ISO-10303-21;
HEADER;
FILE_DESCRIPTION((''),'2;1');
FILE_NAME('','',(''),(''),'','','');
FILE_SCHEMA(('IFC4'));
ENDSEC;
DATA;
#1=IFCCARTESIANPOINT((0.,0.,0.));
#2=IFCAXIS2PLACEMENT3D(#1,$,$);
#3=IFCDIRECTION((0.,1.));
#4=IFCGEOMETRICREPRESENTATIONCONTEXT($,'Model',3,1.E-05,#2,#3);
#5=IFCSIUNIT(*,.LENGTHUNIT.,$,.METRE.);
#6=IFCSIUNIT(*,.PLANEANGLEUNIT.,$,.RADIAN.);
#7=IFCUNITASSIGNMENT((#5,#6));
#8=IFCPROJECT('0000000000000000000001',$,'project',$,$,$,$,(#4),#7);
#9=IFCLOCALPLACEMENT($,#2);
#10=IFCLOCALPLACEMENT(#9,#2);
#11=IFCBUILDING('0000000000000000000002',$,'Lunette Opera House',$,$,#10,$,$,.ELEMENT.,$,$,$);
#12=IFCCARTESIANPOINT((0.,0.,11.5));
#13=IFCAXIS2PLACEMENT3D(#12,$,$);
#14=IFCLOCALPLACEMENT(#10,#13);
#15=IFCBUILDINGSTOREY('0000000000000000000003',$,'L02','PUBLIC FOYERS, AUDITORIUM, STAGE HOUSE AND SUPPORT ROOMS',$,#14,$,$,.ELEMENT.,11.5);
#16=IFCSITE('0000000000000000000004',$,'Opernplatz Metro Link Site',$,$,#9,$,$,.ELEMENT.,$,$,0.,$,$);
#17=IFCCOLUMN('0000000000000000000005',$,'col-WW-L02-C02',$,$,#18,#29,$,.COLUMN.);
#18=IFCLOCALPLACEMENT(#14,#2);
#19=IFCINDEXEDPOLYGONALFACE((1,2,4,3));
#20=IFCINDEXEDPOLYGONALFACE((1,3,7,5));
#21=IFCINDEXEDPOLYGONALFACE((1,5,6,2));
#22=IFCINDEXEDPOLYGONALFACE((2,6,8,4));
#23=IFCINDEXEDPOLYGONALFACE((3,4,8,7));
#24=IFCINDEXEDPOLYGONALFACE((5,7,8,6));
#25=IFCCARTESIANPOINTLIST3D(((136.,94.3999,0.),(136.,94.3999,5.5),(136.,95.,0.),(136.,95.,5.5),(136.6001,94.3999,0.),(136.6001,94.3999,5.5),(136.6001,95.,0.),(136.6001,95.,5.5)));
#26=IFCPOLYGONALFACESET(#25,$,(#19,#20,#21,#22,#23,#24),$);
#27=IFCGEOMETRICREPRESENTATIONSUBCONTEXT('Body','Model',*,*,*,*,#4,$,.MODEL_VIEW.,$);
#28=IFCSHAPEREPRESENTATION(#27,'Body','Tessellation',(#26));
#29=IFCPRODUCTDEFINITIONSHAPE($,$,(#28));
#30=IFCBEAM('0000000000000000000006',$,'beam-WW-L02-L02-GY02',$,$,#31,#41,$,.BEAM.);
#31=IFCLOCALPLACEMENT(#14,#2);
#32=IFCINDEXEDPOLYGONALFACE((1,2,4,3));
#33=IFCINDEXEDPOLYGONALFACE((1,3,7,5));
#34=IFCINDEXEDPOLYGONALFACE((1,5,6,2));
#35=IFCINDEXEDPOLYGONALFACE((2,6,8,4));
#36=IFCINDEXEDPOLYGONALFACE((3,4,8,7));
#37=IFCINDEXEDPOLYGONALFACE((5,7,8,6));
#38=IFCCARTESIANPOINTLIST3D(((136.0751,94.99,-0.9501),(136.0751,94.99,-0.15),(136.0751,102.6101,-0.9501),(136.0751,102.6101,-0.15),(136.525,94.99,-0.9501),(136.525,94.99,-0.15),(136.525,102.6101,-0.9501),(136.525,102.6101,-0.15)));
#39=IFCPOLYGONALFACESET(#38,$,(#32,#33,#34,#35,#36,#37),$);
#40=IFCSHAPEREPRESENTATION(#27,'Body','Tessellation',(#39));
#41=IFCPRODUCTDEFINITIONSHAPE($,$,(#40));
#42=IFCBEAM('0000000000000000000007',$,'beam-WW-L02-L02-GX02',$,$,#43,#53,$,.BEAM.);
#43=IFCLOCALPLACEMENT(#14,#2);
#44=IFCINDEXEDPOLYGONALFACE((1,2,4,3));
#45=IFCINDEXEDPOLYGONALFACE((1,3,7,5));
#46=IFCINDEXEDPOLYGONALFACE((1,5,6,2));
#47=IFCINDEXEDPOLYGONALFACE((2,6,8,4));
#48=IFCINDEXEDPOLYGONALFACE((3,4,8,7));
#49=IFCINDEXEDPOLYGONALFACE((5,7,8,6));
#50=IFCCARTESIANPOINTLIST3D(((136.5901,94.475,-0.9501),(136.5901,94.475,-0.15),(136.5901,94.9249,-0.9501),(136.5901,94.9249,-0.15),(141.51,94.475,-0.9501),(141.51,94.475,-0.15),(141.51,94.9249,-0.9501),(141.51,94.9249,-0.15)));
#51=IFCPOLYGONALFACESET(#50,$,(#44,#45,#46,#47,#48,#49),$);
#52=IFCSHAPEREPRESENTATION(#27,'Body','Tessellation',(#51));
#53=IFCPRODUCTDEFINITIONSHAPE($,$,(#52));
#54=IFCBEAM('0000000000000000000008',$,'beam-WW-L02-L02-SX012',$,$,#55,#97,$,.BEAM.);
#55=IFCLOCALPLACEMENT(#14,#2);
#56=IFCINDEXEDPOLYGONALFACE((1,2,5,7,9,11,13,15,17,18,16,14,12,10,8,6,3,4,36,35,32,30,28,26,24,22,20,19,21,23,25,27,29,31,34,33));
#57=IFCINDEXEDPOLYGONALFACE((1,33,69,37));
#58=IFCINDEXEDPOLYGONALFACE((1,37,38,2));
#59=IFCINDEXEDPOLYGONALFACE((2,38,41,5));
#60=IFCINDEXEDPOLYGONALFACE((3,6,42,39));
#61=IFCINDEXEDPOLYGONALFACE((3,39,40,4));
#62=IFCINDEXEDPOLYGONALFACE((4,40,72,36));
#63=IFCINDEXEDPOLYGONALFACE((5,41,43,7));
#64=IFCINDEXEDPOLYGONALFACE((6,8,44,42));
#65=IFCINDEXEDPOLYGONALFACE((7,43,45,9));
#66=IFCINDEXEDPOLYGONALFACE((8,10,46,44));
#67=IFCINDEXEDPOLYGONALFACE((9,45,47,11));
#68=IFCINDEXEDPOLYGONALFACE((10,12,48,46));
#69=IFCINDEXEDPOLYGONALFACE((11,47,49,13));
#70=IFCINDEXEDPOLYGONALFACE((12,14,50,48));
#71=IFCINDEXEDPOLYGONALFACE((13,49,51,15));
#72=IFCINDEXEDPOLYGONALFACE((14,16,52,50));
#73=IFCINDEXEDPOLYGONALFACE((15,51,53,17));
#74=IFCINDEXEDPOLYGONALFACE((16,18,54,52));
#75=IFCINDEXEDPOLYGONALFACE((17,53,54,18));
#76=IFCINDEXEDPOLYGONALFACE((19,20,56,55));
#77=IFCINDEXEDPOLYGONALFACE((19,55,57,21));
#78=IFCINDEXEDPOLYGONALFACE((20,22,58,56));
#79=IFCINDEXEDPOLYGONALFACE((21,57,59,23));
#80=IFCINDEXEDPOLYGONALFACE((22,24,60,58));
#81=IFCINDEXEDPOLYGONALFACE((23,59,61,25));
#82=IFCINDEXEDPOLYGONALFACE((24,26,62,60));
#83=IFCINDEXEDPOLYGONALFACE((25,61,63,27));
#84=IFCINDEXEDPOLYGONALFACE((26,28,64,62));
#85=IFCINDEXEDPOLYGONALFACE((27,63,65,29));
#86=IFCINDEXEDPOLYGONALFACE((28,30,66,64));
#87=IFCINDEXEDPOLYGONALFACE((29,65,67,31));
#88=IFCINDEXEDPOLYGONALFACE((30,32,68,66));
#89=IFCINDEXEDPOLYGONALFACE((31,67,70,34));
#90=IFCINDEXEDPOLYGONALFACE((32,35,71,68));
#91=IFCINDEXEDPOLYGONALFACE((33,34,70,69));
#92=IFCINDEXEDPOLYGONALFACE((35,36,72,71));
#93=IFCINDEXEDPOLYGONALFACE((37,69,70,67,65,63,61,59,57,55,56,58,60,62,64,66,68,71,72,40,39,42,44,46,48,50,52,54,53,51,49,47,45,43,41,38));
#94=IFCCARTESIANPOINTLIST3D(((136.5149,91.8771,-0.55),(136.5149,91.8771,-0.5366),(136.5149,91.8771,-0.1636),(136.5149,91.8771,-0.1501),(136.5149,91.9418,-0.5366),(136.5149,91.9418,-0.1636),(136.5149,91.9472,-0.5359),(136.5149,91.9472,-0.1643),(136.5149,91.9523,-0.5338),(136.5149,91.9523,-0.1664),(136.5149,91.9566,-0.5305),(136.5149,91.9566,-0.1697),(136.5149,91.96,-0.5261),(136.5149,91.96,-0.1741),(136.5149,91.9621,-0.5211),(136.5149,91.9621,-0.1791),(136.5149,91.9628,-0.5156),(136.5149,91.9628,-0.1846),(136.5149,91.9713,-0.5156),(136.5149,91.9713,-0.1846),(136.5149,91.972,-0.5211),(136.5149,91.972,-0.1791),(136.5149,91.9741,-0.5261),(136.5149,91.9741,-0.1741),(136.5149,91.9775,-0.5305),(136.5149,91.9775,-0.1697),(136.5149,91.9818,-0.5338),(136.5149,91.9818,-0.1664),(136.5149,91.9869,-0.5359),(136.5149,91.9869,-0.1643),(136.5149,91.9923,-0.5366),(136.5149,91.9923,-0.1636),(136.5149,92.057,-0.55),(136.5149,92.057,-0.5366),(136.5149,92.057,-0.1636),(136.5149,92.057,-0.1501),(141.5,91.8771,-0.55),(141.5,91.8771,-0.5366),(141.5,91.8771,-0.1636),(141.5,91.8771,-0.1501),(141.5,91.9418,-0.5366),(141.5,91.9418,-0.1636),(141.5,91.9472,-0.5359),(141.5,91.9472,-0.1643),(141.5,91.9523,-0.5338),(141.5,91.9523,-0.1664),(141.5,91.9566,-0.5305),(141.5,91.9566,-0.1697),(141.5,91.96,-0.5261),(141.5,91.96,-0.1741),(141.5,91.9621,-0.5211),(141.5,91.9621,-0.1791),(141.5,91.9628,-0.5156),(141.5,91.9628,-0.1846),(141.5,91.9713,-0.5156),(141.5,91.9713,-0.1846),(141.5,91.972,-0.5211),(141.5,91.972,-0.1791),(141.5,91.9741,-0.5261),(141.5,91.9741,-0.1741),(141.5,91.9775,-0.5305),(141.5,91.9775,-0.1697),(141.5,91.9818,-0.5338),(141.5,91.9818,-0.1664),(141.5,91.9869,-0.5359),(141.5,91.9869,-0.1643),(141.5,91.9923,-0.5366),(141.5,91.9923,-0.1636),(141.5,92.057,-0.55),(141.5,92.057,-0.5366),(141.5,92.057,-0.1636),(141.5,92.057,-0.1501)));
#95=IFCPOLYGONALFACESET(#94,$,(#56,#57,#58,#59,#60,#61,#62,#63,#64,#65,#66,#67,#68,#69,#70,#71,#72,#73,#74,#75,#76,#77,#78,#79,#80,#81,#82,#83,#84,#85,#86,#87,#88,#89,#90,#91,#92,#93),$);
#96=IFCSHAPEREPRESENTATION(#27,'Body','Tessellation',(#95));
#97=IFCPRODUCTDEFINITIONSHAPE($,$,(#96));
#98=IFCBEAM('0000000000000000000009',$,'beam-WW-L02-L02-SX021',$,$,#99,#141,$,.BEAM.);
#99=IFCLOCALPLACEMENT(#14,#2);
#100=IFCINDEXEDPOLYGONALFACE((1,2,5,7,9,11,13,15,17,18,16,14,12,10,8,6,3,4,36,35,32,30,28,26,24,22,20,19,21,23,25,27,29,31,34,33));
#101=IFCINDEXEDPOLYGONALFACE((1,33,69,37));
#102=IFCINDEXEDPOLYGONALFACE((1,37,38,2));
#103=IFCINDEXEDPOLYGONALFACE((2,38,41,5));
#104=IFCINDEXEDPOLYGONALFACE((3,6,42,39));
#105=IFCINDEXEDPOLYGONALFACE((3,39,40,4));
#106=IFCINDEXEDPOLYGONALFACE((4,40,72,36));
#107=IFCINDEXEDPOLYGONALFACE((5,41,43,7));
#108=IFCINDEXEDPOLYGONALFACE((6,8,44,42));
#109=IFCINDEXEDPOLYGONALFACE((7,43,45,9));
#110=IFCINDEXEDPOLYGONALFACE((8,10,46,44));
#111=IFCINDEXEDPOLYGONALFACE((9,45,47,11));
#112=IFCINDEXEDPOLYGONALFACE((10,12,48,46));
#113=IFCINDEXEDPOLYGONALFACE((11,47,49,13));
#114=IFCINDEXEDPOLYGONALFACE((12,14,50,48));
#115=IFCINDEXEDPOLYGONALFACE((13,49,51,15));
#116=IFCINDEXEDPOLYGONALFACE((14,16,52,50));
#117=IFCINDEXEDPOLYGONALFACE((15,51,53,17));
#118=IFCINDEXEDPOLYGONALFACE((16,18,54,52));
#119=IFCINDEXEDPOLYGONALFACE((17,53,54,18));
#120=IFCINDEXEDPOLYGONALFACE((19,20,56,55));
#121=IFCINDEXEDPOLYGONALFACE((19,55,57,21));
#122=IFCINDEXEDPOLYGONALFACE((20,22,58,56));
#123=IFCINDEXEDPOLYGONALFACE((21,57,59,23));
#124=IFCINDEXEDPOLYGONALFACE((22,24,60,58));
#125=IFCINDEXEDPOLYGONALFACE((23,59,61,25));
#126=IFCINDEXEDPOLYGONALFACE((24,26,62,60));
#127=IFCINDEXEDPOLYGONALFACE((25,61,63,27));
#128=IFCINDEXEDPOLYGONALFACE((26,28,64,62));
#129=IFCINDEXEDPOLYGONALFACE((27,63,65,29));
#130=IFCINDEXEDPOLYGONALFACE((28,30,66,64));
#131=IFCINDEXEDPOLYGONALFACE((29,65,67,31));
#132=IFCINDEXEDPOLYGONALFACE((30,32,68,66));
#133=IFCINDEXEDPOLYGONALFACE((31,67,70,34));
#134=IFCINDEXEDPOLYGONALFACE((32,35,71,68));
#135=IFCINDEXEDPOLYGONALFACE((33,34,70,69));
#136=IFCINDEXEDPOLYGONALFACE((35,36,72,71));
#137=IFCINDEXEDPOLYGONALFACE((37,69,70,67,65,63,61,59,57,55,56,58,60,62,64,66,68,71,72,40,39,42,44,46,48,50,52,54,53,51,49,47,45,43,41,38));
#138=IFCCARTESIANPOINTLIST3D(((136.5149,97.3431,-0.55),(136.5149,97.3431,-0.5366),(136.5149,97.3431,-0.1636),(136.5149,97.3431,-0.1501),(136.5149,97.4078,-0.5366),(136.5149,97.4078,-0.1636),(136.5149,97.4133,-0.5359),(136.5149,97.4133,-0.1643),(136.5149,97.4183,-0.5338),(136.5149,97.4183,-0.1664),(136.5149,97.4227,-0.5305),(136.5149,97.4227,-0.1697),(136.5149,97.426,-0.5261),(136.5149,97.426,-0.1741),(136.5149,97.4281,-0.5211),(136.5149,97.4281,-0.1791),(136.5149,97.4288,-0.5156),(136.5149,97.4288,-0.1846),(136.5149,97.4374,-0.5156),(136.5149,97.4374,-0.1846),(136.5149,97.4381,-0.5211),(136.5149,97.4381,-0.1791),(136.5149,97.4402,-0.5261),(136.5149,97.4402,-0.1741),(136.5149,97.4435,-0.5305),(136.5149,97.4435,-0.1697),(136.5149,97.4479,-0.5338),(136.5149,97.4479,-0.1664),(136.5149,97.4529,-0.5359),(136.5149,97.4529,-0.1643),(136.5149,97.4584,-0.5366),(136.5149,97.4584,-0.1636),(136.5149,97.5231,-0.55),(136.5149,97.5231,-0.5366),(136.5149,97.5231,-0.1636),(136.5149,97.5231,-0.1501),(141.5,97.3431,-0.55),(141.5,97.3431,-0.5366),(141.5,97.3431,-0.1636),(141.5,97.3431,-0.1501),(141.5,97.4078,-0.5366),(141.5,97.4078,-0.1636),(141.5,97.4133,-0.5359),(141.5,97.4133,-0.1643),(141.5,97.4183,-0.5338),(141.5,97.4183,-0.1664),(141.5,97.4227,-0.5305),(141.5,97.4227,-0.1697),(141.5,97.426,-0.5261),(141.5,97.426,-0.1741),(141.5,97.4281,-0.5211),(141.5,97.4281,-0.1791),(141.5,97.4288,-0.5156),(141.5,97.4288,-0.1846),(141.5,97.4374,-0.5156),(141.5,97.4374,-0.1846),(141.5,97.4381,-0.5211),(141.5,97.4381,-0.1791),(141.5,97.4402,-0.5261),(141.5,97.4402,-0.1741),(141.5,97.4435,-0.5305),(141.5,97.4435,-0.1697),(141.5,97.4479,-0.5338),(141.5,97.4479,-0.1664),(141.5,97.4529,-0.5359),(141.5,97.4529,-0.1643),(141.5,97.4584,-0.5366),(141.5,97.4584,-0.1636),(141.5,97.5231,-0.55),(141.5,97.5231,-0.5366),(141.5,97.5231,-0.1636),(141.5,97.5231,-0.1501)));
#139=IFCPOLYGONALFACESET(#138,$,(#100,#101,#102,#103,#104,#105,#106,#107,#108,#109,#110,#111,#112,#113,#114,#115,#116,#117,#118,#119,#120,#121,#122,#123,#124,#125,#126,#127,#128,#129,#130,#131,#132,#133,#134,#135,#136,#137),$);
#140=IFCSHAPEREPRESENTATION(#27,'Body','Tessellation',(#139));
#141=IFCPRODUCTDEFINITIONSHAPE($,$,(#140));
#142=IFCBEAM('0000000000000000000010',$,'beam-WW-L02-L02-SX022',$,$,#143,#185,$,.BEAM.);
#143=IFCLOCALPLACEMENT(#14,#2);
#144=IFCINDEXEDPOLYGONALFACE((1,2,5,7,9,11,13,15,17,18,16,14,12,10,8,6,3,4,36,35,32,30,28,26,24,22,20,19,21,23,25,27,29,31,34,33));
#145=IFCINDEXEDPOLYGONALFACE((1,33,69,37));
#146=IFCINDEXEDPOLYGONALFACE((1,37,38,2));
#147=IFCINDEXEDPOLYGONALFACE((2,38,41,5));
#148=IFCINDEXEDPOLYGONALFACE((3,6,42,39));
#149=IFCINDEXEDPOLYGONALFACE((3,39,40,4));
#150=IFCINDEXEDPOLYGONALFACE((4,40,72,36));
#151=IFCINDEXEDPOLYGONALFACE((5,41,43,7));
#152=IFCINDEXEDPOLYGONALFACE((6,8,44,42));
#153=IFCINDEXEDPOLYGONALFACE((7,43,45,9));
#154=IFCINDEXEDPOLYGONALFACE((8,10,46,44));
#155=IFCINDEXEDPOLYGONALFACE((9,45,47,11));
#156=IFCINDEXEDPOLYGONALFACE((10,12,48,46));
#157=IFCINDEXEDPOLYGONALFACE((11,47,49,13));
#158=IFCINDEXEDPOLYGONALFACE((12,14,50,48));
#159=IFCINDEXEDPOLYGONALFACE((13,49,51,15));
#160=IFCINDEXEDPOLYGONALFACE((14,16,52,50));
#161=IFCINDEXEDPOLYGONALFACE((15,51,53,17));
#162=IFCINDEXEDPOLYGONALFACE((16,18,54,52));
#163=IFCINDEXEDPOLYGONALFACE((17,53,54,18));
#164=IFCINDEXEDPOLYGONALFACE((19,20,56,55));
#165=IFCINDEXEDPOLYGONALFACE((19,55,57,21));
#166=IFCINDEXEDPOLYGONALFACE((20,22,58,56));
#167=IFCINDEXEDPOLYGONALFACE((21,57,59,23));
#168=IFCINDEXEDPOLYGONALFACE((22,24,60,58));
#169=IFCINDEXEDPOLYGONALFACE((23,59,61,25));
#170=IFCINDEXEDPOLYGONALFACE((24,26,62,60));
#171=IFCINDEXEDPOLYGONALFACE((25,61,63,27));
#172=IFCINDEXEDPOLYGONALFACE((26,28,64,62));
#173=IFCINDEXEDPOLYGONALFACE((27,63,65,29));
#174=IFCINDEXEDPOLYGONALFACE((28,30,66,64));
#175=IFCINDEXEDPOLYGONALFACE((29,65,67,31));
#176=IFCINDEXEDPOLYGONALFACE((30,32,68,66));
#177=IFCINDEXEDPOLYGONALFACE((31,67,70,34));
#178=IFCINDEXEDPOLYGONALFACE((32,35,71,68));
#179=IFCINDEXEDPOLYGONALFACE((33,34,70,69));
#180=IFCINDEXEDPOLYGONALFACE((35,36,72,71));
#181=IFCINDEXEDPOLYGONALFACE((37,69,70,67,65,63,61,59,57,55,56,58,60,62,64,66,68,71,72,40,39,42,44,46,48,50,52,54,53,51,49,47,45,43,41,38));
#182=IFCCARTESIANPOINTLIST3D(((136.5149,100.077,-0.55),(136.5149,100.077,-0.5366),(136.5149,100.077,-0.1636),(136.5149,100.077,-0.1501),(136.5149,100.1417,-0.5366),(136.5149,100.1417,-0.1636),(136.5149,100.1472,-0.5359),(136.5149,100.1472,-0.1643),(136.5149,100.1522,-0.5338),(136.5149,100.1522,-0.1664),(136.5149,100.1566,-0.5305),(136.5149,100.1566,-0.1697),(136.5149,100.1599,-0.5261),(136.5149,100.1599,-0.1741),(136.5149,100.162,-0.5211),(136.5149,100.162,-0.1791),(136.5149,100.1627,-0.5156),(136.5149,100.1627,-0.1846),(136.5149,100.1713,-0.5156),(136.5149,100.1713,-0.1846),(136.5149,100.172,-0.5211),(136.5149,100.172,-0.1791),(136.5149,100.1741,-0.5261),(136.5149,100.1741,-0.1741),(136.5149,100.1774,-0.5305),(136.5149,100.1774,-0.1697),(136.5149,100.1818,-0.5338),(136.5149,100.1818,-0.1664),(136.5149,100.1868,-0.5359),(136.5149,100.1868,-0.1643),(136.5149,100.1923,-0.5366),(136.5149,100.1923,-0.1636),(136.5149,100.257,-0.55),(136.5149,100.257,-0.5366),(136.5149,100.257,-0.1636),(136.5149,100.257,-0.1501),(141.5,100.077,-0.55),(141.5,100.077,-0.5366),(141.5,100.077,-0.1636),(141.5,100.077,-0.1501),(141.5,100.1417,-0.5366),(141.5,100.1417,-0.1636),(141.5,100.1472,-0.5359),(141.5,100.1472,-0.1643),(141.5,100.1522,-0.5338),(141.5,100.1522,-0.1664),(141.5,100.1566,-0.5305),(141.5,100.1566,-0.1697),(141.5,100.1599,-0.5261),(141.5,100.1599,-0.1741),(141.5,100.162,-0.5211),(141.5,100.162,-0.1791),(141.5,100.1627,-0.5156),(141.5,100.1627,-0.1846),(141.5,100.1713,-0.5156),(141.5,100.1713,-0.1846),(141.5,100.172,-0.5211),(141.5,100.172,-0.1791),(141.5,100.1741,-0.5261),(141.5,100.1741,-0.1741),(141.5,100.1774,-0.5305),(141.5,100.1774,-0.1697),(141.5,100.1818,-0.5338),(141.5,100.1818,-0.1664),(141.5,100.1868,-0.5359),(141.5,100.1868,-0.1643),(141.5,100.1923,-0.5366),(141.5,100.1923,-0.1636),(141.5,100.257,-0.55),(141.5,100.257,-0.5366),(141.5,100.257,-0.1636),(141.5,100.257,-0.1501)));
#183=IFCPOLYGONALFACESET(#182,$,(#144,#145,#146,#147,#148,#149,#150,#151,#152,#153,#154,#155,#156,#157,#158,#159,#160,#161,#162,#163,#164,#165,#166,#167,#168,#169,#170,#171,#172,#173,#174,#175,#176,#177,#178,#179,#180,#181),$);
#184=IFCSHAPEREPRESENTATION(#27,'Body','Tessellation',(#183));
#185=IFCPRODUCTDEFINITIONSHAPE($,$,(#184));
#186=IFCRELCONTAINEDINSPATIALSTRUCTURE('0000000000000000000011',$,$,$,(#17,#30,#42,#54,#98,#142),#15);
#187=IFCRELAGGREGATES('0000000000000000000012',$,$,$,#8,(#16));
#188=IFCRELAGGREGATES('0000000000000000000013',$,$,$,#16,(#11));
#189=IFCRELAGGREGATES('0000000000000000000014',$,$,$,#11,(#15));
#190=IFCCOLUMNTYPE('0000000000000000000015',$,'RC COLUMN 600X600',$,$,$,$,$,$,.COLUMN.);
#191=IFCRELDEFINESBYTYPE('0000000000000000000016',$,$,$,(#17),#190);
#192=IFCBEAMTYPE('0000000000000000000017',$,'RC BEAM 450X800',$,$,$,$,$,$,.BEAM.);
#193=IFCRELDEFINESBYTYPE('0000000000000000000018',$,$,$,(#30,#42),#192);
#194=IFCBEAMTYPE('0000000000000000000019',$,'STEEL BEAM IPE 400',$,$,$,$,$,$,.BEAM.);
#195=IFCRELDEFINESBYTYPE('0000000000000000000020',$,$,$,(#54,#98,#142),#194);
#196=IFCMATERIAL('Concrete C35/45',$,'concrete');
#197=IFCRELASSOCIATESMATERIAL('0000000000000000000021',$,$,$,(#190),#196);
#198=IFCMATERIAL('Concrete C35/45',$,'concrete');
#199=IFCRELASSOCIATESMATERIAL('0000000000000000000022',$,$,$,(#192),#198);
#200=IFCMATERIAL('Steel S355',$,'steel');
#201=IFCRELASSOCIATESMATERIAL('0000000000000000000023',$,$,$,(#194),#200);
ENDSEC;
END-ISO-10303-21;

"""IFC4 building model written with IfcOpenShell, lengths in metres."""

from ifc_helpers import new_model, si_unit, direction, frame, origin, origin_2d, place, context, subcontext, project, spatial, rectangle, i_section, extrude, material, material_profile, profile_set, type_object, element, save


model = new_model("IFC4")

# Units and contexts
model_context = context("Model", 3, precision=1e-05, world=origin(), true_north=direction((0.0, 1.0)))
body_context = subcontext(model_context, "Body", "Model", "MODEL_VIEW")
ifc_project = project(units=[si_unit("LENGTHUNIT", "METRE"), si_unit("PLANEANGLEUNIT", "RADIAN")], contexts=[model_context])

# Site, building, storey
site_placement = place(None, origin())
site = spatial("IfcSite", under=ifc_project, at=site_placement, Name="Opernplatz Metro Link Site", CompositionType="ELEMENT", RefElevation=0.0)
building_placement = place(site_placement, origin())
building = spatial("IfcBuilding", under=site, at=building_placement, Name="Lunette Opera House", CompositionType="ELEMENT")
storey_placement = place(building_placement, frame((0.0, 0.0, 11.5)))
storey = spatial("IfcBuildingStorey", under=building, at=storey_placement, Name="L02", Description="PUBLIC FOYERS, AUDITORIUM, STAGE HOUSE AND SUPPORT ROOMS", CompositionType="ELEMENT", Elevation=11.5)

# Column
ifc_material_1 = material(Name="Concrete C35/45", Category="concrete")
ifc_material_profile_1 = material_profile(ifc_material_1, rectangle(XDim=0.6001, YDim=0.6001, at=origin_2d()), Name="RC COLUMN 600X600")
ifc_profile_set_1 = profile_set([ifc_material_profile_1], Name="Concrete C35/45")
column_type = type_object("IfcColumnType", Name="RC COLUMN 600X600", PredefinedType="COLUMN", material=ifc_profile_set_1)
column_placement = place(storey_placement, frame((136.3, 94.7, 0.0), z_axis=(0.0, 0.0, 1.0), x_axis=(1.0, 0.0, 0.0)))
element("IfcColumn", 1, at=column_placement, inside=storey, type_object=column_type, Name="col-WW-L02-C02", PredefinedType="COLUMN", context=body_context, shape_type="SweptSolid", body=[
    extrude(rectangle(XDim=0.6001, YDim=0.6001, at=origin_2d()), origin(), (0.0, 0.0, 1.0), 5.5),
])

# Beams
ifc_material_2 = material(Name="Concrete C35/45", Category="concrete")
ifc_material_profile_2 = material_profile(ifc_material_2, rectangle(XDim=0.45, YDim=0.8, at=origin_2d()), Name="RC BEAM 450X800")
ifc_profile_set_2 = profile_set([ifc_material_profile_2], Name="Concrete C35/45")
beam_type_1 = type_object("IfcBeamType", Name="RC BEAM 450X800", PredefinedType="BEAM", material=ifc_profile_set_2)
beam_1_placement = place(storey_placement, frame((136.3, 94.99, -0.55), z_axis=(0.0, 1.0, 0.0), x_axis=(-1.0, 0.0, 0.0)))
element("IfcBeam", 2, at=beam_1_placement, inside=storey, type_object=beam_type_1, Name="beam-WW-L02-L02-GY02", PredefinedType="BEAM", context=body_context, shape_type="SweptSolid", body=[
    extrude(rectangle(XDim=0.45, YDim=0.8, at=origin_2d()), origin(), (0.0, 0.0, 1.0), 7.6201),
])
beam_2_placement = place(storey_placement, frame((136.5901, 94.7, -0.55), z_axis=(1.0, 0.0, 0.0), x_axis=(0.0, 1.0, 0.0)))
element("IfcBeam", 3, at=beam_2_placement, inside=storey, type_object=beam_type_1, Name="beam-WW-L02-L02-GX02", PredefinedType="BEAM", context=body_context, shape_type="SweptSolid", body=[
    extrude(rectangle(XDim=0.45, YDim=0.8, at=origin_2d()), origin(), (0.0, 0.0, 1.0), 4.9199),
])
ifc_material_3 = material(Name="Steel S355", Category="steel")
ifc_material_profile_3 = material_profile(ifc_material_3, i_section(OverallWidth=0.1799, OverallDepth=0.3999, WebThickness=0.0085, FlangeThickness=0.0134, FilletRadius=0.021, at=origin_2d()), Name="IPE 400")
ifc_profile_set_3 = profile_set([ifc_material_profile_3], Name="Steel S355")
beam_type_2 = type_object("IfcBeamType", Name="STEEL BEAM IPE 400", PredefinedType="BEAM", material=ifc_profile_set_3)
for number, where, z_axis, x_axis, name in (
    (4, (136.5149, 91.967, -0.3501), (1.0, 0.0, 0.0), (0.0, 1.0, 0.0), "beam-WW-L02-L02-SX012"),
    (5, (136.5149, 97.4331, -0.3501), (1.0, 0.0, 0.0), (0.0, 1.0, 0.0), "beam-WW-L02-L02-SX021"),
    (6, (136.5149, 100.167, -0.3501), (1.0, 0.0, 0.0), (0.0, 1.0, 0.0), "beam-WW-L02-L02-SX022"),
):
    element("IfcBeam", number, at=place(storey_placement, frame(where, z_axis=z_axis, x_axis=x_axis)), inside=storey, type_object=beam_type_2, Name=name, PredefinedType="BEAM", context=body_context, shape_type="SweptSolid", body=[
        extrude(i_section(OverallWidth=0.1799, OverallDepth=0.3999, WebThickness=0.0085, FlangeThickness=0.0134, FilletRadius=0.021, at=origin_2d()), origin(), (0.0, 0.0, 1.0), 4.9851),
    ])

save(model, "model.ifc")
